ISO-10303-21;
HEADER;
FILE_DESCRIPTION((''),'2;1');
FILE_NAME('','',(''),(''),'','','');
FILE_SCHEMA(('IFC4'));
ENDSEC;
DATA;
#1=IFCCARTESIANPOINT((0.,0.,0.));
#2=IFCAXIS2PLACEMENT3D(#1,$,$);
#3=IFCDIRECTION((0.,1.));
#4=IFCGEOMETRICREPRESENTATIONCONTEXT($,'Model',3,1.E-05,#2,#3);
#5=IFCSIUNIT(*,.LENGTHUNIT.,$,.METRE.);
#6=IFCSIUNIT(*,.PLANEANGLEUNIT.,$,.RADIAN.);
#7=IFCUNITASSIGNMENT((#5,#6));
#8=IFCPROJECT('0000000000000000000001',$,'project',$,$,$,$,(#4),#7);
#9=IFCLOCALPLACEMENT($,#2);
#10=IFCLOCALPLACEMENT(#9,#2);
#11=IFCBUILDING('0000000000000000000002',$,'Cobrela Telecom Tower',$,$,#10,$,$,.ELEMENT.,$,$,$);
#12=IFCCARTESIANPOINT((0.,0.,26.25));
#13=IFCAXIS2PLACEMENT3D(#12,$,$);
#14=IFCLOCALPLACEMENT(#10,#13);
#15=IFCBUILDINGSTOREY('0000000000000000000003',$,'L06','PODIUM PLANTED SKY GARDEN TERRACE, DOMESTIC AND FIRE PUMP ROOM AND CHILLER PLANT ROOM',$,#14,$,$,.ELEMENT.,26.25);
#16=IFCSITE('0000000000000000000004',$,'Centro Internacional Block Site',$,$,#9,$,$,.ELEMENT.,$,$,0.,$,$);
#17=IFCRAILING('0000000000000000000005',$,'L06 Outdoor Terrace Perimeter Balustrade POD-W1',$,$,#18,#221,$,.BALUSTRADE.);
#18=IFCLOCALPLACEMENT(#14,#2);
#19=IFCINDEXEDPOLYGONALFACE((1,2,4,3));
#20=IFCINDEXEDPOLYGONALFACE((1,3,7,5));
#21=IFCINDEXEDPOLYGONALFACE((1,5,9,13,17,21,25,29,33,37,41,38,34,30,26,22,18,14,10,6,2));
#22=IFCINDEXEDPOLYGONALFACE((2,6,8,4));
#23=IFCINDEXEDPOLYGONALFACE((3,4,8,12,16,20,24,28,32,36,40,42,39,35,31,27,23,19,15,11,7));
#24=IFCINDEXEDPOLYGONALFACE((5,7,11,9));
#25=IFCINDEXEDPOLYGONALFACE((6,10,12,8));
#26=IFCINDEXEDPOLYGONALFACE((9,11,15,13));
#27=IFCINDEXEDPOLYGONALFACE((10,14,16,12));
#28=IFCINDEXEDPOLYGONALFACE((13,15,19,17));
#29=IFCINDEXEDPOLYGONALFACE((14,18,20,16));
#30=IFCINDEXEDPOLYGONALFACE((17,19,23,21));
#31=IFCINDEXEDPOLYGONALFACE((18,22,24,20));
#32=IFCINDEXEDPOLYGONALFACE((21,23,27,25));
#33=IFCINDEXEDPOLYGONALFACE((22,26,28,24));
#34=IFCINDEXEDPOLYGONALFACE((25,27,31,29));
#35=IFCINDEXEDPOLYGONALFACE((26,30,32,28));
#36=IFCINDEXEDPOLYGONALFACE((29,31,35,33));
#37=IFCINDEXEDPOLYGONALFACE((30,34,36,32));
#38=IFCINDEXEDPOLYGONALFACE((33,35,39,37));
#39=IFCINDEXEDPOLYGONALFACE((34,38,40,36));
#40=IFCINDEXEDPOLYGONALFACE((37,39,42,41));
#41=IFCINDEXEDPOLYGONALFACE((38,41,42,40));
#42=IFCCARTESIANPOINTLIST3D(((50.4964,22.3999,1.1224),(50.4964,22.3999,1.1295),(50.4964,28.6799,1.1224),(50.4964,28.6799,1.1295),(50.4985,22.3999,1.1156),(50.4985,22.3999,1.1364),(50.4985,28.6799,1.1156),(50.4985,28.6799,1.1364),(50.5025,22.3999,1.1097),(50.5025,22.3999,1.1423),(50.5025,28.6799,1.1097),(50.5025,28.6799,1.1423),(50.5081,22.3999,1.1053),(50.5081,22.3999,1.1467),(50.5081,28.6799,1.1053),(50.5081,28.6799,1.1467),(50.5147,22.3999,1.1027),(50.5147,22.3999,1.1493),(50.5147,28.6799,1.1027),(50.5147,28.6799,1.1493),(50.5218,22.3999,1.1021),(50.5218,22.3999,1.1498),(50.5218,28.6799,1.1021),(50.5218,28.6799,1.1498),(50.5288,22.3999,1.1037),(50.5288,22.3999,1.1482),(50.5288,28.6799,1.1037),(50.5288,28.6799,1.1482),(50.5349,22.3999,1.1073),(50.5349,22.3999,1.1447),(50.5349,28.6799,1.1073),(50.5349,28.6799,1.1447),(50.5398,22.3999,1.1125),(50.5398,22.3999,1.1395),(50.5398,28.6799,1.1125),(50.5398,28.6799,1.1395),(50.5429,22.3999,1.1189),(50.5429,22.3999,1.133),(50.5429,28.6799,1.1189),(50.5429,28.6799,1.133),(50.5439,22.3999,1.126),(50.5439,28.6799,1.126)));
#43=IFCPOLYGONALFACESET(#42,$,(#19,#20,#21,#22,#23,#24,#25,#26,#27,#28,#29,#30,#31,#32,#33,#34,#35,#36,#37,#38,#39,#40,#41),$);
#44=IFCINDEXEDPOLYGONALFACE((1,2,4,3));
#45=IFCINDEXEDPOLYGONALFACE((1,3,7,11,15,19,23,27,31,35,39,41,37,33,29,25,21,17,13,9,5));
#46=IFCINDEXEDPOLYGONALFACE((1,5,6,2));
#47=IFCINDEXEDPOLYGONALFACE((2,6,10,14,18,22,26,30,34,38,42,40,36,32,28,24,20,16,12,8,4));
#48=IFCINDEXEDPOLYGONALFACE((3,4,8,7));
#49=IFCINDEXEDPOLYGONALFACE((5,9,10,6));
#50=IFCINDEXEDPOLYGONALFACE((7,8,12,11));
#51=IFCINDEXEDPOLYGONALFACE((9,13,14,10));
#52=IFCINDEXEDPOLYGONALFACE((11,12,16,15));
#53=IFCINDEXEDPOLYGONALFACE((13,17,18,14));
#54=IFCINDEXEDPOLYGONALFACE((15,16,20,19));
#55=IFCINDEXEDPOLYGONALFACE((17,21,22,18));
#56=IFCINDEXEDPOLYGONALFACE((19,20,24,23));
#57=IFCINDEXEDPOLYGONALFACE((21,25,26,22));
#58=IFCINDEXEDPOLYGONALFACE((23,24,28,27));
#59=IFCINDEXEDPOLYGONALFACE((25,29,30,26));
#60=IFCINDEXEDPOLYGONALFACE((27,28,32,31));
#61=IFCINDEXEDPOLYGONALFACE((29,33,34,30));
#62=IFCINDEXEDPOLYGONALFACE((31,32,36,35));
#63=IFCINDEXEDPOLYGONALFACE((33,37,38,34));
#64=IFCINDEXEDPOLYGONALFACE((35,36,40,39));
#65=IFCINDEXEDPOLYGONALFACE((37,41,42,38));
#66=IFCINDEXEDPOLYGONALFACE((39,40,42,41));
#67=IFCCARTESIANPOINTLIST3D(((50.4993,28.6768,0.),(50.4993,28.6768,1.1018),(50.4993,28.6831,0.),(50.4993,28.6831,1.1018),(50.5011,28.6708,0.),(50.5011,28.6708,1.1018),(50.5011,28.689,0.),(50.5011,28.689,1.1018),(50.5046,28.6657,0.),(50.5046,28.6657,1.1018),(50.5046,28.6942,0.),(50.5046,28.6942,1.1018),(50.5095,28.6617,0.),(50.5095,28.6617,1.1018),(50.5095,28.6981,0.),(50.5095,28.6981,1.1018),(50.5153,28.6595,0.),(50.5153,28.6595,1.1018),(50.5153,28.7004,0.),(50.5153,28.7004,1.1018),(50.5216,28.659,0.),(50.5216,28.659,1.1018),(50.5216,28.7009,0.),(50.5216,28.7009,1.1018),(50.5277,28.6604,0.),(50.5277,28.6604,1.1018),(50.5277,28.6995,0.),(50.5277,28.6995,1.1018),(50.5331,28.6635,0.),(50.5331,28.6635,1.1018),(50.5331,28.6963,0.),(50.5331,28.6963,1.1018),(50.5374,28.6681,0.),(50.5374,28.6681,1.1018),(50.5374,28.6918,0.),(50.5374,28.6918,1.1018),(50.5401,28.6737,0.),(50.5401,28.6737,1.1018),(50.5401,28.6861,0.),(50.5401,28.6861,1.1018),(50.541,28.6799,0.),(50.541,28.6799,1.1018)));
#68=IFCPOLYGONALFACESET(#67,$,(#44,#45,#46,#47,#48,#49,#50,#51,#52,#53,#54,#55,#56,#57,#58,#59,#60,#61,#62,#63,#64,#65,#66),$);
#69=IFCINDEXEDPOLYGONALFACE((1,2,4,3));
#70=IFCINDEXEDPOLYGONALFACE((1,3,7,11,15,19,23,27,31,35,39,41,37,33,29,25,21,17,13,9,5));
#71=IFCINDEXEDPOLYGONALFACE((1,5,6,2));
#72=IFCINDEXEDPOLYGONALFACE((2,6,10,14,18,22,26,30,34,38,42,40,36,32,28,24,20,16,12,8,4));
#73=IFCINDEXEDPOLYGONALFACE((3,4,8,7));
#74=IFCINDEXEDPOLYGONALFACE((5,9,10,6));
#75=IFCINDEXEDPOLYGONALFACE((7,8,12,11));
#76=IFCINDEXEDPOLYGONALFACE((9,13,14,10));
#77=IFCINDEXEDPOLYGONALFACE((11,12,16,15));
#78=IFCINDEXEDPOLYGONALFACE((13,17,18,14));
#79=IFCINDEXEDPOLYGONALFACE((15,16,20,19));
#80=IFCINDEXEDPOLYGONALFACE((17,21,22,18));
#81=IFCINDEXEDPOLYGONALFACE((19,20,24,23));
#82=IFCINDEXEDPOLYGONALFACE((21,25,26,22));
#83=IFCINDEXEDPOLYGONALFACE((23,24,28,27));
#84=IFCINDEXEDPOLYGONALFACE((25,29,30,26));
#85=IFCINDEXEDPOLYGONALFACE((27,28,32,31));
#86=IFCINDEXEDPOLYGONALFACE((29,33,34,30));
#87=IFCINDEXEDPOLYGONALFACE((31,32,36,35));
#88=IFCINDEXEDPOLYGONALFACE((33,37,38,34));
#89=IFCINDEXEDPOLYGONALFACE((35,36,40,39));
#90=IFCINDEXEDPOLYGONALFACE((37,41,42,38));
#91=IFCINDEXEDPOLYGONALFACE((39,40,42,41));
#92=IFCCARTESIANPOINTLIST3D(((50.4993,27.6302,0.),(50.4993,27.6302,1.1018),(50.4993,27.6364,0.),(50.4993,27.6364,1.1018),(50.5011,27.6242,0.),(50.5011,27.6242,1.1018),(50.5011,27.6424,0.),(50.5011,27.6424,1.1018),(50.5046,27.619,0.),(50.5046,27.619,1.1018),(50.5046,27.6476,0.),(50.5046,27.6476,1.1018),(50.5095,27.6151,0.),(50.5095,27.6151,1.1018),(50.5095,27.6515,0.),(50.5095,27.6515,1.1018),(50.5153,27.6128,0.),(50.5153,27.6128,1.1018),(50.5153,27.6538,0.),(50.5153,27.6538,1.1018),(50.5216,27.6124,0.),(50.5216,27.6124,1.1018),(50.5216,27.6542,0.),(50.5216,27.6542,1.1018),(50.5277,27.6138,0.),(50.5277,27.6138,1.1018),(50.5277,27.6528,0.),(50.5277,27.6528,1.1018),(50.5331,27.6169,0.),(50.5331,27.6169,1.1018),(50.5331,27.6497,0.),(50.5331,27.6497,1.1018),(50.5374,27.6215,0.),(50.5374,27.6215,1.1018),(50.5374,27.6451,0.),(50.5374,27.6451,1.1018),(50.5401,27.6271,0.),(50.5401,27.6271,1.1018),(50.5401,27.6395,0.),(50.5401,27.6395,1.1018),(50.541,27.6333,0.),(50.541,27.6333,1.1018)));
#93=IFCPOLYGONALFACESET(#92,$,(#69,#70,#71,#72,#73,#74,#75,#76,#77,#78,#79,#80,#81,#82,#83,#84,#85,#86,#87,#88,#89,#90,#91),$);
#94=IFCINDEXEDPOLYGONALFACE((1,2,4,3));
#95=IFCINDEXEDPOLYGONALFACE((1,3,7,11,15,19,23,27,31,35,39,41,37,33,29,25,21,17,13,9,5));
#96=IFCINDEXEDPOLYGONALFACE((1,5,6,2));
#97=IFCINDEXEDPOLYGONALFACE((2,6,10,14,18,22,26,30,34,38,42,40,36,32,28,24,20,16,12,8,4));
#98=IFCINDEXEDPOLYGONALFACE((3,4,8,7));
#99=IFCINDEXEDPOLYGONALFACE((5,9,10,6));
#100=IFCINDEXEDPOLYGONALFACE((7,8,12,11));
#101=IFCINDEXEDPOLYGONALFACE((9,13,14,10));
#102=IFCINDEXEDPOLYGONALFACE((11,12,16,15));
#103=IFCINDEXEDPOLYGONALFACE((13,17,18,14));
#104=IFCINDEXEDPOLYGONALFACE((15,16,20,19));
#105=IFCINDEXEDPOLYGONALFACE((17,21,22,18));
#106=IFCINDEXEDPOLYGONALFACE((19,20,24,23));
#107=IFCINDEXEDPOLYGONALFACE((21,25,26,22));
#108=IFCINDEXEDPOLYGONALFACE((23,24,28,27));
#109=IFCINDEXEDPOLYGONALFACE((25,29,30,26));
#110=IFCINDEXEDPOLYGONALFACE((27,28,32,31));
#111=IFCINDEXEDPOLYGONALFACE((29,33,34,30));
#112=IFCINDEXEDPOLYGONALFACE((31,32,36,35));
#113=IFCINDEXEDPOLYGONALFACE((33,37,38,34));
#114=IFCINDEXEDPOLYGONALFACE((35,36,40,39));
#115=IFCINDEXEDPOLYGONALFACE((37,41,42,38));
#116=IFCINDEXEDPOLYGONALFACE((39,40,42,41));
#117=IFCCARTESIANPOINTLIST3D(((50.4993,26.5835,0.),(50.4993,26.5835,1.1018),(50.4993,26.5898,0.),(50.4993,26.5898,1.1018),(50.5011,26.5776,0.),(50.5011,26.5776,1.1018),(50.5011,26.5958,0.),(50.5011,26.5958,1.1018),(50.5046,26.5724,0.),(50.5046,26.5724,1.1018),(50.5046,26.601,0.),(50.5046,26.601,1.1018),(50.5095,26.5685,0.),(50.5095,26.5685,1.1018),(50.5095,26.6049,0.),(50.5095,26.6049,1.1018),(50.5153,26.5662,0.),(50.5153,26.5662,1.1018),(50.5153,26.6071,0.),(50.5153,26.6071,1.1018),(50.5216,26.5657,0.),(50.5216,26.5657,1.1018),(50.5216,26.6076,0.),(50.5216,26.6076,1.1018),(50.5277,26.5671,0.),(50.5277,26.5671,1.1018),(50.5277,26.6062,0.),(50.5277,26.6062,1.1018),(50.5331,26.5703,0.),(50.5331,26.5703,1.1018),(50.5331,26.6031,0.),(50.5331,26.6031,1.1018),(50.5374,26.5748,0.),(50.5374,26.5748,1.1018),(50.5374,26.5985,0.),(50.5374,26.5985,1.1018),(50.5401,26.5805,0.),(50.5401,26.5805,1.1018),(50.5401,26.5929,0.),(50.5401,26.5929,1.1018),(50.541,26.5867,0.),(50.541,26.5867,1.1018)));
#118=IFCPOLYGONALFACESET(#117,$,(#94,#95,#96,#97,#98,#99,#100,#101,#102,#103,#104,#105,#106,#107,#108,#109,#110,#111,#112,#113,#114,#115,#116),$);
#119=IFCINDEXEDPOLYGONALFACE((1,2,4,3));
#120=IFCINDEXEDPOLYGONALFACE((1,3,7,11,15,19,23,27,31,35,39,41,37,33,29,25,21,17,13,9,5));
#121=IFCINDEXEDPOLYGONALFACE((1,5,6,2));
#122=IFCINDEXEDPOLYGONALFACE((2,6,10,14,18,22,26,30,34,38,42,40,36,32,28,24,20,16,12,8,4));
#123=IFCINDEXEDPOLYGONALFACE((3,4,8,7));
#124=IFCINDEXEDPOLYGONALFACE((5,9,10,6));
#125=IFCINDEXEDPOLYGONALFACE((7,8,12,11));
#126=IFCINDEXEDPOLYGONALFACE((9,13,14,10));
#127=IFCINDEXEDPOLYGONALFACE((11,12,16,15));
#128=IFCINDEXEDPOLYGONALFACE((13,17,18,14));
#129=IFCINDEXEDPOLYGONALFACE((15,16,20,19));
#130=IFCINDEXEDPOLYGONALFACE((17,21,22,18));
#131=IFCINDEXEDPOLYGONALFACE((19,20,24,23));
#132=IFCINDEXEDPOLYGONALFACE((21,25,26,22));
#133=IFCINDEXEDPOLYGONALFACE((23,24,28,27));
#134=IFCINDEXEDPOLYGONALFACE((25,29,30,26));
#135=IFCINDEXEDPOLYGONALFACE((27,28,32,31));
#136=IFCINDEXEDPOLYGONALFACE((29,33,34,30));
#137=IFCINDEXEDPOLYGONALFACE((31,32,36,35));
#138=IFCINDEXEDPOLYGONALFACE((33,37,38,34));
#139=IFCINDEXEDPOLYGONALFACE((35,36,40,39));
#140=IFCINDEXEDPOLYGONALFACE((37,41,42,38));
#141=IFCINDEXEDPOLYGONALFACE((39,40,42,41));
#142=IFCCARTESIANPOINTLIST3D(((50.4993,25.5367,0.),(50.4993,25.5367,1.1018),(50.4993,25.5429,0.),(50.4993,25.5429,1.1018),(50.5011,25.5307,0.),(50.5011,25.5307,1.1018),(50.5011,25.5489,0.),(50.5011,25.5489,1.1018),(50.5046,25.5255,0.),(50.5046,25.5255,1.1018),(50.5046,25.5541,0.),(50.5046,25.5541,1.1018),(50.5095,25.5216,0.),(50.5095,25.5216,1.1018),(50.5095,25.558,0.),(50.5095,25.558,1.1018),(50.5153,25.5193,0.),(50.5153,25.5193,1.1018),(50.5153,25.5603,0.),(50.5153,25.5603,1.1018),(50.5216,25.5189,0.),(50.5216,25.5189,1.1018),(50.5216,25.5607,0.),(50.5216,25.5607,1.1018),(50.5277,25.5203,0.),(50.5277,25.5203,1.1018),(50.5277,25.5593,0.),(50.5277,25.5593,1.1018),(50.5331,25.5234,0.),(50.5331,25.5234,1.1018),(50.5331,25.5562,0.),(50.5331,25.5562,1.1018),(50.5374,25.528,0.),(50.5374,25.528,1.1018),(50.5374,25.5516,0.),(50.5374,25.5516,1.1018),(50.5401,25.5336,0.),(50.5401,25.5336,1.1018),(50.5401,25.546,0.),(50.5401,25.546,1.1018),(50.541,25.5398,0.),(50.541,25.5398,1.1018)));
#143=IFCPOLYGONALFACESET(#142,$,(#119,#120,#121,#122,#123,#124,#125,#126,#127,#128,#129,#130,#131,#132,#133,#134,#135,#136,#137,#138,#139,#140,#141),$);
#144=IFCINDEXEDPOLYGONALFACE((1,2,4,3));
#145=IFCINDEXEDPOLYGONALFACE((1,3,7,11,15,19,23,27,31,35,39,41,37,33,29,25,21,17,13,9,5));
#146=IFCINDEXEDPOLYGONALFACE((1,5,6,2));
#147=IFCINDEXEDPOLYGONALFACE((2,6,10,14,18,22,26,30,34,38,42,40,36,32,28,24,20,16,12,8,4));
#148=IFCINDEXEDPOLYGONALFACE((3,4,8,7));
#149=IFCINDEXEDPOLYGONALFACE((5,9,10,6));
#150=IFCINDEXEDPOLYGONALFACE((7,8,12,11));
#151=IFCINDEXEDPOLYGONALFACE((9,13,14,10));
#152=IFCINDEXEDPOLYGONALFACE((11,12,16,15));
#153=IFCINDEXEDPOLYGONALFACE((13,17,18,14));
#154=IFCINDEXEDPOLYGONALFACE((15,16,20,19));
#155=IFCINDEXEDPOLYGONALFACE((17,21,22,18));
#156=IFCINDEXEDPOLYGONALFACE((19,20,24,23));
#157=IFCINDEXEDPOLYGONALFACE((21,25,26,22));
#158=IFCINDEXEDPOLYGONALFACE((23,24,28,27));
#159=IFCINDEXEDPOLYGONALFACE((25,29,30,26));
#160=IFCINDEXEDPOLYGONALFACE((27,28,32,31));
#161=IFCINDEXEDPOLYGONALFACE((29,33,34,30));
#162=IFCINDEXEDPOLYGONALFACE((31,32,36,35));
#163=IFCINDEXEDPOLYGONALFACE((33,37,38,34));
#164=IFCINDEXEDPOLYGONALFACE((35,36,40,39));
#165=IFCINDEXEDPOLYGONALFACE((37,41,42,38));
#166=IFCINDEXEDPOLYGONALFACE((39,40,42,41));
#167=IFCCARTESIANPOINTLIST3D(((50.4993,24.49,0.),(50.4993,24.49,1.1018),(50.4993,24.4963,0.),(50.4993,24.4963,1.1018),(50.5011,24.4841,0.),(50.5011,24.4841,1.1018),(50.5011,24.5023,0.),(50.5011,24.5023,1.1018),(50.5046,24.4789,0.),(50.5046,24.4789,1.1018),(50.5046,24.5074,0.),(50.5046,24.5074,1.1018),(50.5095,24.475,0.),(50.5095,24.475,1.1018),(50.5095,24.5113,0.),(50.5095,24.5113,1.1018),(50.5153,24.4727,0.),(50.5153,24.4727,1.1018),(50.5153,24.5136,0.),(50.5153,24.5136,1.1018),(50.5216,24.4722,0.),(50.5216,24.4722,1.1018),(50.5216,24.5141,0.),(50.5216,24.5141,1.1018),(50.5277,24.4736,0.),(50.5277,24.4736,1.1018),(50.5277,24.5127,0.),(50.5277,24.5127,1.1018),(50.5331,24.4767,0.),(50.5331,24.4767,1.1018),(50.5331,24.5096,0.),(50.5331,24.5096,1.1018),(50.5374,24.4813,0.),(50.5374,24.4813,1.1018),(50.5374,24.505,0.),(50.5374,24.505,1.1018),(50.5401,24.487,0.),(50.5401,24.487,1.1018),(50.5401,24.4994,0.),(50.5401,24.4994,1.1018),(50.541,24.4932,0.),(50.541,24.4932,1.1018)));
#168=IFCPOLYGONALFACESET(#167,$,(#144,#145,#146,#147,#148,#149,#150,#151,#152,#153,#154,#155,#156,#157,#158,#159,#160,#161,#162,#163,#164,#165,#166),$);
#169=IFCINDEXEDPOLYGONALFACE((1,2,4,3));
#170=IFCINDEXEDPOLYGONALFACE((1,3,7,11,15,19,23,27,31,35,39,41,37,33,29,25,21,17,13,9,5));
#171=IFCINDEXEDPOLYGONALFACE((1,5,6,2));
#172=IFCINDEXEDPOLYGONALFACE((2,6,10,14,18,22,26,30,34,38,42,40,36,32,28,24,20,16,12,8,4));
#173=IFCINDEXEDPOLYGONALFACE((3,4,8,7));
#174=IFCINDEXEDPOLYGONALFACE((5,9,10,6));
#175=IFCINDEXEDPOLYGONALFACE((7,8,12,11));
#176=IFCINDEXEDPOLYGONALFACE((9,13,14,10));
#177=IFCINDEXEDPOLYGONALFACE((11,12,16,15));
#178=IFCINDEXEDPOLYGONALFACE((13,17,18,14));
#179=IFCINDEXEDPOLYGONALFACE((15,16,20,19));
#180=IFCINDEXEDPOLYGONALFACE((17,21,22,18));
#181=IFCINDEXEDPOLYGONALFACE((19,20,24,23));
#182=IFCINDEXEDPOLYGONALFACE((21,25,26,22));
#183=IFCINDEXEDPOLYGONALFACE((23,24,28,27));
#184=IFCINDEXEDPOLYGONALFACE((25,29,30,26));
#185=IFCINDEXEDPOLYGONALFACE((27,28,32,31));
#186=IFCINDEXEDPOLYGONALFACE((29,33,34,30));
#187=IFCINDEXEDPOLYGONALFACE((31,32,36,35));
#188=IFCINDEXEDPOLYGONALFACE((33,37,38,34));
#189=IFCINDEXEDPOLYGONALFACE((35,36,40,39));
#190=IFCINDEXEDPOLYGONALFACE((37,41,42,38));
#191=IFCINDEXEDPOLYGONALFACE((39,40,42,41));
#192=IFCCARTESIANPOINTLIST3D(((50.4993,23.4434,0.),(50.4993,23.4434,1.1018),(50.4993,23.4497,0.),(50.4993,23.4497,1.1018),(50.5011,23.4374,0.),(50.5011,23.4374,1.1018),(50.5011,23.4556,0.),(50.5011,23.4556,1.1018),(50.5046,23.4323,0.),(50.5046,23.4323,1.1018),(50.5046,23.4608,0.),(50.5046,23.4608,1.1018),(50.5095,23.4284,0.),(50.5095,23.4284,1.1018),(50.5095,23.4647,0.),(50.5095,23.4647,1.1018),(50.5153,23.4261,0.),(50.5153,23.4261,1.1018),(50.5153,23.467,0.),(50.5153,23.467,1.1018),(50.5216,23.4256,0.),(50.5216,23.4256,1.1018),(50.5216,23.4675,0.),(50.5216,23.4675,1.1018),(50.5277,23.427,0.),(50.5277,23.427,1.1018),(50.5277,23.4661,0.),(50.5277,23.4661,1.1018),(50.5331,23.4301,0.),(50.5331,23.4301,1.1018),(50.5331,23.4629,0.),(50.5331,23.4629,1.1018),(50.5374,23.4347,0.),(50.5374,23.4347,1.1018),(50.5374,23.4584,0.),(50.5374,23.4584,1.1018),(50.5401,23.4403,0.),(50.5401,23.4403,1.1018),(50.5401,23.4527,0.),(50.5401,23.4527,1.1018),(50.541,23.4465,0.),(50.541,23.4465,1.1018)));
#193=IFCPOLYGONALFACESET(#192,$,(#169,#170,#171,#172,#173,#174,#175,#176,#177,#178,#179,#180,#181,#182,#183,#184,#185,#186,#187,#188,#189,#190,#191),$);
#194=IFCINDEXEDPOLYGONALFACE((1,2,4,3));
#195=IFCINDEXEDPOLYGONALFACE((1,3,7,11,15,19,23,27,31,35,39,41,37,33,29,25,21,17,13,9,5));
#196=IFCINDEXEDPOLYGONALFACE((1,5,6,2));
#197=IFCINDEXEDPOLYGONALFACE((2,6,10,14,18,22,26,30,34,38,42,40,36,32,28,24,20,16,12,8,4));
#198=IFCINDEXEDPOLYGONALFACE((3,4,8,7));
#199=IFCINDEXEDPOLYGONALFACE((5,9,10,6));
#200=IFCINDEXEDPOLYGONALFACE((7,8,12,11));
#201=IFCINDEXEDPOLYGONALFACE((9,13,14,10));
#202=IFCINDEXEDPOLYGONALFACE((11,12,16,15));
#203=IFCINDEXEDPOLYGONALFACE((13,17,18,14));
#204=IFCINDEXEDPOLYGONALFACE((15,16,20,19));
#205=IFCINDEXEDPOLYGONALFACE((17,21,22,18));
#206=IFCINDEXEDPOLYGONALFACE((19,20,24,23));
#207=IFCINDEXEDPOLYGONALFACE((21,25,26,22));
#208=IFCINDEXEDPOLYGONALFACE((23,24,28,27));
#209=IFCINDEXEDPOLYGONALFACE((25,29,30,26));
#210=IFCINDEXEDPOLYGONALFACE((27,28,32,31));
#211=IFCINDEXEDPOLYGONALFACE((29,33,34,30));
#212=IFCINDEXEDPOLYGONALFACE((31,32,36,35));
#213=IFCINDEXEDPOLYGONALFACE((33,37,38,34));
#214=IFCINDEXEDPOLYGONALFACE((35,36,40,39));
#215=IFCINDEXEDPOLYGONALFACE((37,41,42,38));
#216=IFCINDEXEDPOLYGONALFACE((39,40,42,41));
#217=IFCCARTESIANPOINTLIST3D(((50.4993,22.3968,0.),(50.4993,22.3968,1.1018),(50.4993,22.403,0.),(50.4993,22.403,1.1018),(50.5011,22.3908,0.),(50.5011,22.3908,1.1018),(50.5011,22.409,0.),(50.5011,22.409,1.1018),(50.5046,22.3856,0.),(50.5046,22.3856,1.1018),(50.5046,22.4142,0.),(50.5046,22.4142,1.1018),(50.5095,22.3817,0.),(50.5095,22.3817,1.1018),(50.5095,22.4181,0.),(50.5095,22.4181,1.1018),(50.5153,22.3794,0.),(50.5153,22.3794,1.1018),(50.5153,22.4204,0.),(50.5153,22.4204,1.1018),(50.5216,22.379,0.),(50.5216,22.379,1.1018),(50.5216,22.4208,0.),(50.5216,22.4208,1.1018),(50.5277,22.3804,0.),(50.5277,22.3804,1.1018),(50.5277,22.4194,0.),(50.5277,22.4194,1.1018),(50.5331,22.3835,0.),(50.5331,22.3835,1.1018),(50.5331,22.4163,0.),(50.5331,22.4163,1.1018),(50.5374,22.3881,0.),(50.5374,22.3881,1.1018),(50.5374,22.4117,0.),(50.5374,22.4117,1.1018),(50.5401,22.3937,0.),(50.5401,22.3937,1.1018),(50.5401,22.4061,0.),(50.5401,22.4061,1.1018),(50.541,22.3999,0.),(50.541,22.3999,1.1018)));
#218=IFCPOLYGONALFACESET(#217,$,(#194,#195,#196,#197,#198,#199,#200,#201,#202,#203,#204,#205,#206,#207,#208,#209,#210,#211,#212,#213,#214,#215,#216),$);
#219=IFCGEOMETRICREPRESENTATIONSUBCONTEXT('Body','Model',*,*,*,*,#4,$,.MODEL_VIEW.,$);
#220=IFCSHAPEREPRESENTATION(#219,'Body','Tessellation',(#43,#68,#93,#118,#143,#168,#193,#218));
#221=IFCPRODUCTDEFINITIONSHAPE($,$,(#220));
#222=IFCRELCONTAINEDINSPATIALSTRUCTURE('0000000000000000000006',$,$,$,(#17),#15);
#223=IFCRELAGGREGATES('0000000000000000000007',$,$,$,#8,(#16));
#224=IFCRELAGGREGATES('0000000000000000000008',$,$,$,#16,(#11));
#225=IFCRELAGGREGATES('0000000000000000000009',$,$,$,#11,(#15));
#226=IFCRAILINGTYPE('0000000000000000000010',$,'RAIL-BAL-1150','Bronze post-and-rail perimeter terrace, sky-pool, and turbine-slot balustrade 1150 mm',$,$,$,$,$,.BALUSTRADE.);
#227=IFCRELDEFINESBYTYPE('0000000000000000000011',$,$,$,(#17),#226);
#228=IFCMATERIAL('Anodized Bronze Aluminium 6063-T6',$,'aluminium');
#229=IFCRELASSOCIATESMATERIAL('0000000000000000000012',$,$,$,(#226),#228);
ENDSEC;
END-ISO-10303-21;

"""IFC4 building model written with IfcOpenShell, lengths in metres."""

from ifc_helpers import new_model, si_unit, direction, frame, origin, origin_2d, place, context, subcontext, project, spatial, circle, extrude, material, type_object, element, save


model = new_model("IFC4")

# Units and contexts
model_context = context("Model", 3, precision=1e-05, world=origin(), true_north=direction((0.0, 1.0)))
body_context = subcontext(model_context, "Body", "Model", "MODEL_VIEW")
ifc_project = project(units=[si_unit("LENGTHUNIT", "METRE"), si_unit("PLANEANGLEUNIT", "RADIAN")], contexts=[model_context])

# Site, building, storey
site_placement = place(None, origin())
site = spatial("IfcSite", under=ifc_project, at=site_placement, Name="Centro Internacional Block Site", CompositionType="ELEMENT", RefElevation=0.0)
building_placement = place(site_placement, origin())
building = spatial("IfcBuilding", under=site, at=building_placement, Name="Cobrela Telecom Tower", CompositionType="ELEMENT")
storey_placement = place(building_placement, frame((0.0, 0.0, 26.25)))
storey = spatial("IfcBuildingStorey", under=building, at=storey_placement, Name="L06", Description="PODIUM PLANTED SKY GARDEN TERRACE, DOMESTIC AND FIRE PUMP ROOM AND CHILLER PLANT ROOM", CompositionType="ELEMENT", Elevation=26.25)

# Shared definitions
ifc_material_1 = material(Name="Anodized Bronze Aluminium 6063-T6", Category="aluminium")

# Railing
railing_type = type_object("IfcRailingType", Name="RAIL-BAL-1150", Description="Bronze post-and-rail perimeter terrace, sky-pool, and turbine-slot balustrade 1150 mm", PredefinedType="BALUSTRADE", material=ifc_material_1)
railing_placement = place(storey_placement, frame((50.52, 28.6799, 0.0)))
element("IfcRailing", 1, at=railing_placement, inside=storey, type_object=railing_type, Name="L06 Outdoor Terrace Perimeter Balustrade POD-W1", PredefinedType="BALUSTRADE", context=body_context, shape_type="SweptSolid", body=[
    extrude(circle(Radius=0.0239, at=origin_2d()), frame((0.0, 0.0, 1.126), z_axis=(0.0, -1.0, 0.0), x_axis=(1.0, 0.0, 0.0)), (0.0, 0.0, 1.0), 6.28),
    extrude(circle(Radius=0.021, at=origin_2d()), origin(), (0.0, 0.0, 1.0), 1.1018),
    extrude(circle(Radius=0.021, at=origin_2d()), frame((0.0, -1.0466, 0.0)), (0.0, 0.0, 1.0), 1.1018),
    extrude(circle(Radius=0.021, at=origin_2d()), frame((0.0, -2.0933, 0.0)), (0.0, 0.0, 1.0), 1.1018),
    extrude(circle(Radius=0.021, at=origin_2d()), frame((0.0, -3.1401, 0.0)), (0.0, 0.0, 1.0), 1.1018),
    extrude(circle(Radius=0.021, at=origin_2d()), frame((0.0, -4.1868, 0.0)), (0.0, 0.0, 1.0), 1.1018),
    extrude(circle(Radius=0.021, at=origin_2d()), frame((0.0, -5.2334, 0.0)), (0.0, 0.0, 1.0), 1.1018),
    extrude(circle(Radius=0.021, at=origin_2d()), frame((0.0, -6.28, 0.0)), (0.0, 0.0, 1.0), 1.1018),
])

save(model, "model.ifc")
